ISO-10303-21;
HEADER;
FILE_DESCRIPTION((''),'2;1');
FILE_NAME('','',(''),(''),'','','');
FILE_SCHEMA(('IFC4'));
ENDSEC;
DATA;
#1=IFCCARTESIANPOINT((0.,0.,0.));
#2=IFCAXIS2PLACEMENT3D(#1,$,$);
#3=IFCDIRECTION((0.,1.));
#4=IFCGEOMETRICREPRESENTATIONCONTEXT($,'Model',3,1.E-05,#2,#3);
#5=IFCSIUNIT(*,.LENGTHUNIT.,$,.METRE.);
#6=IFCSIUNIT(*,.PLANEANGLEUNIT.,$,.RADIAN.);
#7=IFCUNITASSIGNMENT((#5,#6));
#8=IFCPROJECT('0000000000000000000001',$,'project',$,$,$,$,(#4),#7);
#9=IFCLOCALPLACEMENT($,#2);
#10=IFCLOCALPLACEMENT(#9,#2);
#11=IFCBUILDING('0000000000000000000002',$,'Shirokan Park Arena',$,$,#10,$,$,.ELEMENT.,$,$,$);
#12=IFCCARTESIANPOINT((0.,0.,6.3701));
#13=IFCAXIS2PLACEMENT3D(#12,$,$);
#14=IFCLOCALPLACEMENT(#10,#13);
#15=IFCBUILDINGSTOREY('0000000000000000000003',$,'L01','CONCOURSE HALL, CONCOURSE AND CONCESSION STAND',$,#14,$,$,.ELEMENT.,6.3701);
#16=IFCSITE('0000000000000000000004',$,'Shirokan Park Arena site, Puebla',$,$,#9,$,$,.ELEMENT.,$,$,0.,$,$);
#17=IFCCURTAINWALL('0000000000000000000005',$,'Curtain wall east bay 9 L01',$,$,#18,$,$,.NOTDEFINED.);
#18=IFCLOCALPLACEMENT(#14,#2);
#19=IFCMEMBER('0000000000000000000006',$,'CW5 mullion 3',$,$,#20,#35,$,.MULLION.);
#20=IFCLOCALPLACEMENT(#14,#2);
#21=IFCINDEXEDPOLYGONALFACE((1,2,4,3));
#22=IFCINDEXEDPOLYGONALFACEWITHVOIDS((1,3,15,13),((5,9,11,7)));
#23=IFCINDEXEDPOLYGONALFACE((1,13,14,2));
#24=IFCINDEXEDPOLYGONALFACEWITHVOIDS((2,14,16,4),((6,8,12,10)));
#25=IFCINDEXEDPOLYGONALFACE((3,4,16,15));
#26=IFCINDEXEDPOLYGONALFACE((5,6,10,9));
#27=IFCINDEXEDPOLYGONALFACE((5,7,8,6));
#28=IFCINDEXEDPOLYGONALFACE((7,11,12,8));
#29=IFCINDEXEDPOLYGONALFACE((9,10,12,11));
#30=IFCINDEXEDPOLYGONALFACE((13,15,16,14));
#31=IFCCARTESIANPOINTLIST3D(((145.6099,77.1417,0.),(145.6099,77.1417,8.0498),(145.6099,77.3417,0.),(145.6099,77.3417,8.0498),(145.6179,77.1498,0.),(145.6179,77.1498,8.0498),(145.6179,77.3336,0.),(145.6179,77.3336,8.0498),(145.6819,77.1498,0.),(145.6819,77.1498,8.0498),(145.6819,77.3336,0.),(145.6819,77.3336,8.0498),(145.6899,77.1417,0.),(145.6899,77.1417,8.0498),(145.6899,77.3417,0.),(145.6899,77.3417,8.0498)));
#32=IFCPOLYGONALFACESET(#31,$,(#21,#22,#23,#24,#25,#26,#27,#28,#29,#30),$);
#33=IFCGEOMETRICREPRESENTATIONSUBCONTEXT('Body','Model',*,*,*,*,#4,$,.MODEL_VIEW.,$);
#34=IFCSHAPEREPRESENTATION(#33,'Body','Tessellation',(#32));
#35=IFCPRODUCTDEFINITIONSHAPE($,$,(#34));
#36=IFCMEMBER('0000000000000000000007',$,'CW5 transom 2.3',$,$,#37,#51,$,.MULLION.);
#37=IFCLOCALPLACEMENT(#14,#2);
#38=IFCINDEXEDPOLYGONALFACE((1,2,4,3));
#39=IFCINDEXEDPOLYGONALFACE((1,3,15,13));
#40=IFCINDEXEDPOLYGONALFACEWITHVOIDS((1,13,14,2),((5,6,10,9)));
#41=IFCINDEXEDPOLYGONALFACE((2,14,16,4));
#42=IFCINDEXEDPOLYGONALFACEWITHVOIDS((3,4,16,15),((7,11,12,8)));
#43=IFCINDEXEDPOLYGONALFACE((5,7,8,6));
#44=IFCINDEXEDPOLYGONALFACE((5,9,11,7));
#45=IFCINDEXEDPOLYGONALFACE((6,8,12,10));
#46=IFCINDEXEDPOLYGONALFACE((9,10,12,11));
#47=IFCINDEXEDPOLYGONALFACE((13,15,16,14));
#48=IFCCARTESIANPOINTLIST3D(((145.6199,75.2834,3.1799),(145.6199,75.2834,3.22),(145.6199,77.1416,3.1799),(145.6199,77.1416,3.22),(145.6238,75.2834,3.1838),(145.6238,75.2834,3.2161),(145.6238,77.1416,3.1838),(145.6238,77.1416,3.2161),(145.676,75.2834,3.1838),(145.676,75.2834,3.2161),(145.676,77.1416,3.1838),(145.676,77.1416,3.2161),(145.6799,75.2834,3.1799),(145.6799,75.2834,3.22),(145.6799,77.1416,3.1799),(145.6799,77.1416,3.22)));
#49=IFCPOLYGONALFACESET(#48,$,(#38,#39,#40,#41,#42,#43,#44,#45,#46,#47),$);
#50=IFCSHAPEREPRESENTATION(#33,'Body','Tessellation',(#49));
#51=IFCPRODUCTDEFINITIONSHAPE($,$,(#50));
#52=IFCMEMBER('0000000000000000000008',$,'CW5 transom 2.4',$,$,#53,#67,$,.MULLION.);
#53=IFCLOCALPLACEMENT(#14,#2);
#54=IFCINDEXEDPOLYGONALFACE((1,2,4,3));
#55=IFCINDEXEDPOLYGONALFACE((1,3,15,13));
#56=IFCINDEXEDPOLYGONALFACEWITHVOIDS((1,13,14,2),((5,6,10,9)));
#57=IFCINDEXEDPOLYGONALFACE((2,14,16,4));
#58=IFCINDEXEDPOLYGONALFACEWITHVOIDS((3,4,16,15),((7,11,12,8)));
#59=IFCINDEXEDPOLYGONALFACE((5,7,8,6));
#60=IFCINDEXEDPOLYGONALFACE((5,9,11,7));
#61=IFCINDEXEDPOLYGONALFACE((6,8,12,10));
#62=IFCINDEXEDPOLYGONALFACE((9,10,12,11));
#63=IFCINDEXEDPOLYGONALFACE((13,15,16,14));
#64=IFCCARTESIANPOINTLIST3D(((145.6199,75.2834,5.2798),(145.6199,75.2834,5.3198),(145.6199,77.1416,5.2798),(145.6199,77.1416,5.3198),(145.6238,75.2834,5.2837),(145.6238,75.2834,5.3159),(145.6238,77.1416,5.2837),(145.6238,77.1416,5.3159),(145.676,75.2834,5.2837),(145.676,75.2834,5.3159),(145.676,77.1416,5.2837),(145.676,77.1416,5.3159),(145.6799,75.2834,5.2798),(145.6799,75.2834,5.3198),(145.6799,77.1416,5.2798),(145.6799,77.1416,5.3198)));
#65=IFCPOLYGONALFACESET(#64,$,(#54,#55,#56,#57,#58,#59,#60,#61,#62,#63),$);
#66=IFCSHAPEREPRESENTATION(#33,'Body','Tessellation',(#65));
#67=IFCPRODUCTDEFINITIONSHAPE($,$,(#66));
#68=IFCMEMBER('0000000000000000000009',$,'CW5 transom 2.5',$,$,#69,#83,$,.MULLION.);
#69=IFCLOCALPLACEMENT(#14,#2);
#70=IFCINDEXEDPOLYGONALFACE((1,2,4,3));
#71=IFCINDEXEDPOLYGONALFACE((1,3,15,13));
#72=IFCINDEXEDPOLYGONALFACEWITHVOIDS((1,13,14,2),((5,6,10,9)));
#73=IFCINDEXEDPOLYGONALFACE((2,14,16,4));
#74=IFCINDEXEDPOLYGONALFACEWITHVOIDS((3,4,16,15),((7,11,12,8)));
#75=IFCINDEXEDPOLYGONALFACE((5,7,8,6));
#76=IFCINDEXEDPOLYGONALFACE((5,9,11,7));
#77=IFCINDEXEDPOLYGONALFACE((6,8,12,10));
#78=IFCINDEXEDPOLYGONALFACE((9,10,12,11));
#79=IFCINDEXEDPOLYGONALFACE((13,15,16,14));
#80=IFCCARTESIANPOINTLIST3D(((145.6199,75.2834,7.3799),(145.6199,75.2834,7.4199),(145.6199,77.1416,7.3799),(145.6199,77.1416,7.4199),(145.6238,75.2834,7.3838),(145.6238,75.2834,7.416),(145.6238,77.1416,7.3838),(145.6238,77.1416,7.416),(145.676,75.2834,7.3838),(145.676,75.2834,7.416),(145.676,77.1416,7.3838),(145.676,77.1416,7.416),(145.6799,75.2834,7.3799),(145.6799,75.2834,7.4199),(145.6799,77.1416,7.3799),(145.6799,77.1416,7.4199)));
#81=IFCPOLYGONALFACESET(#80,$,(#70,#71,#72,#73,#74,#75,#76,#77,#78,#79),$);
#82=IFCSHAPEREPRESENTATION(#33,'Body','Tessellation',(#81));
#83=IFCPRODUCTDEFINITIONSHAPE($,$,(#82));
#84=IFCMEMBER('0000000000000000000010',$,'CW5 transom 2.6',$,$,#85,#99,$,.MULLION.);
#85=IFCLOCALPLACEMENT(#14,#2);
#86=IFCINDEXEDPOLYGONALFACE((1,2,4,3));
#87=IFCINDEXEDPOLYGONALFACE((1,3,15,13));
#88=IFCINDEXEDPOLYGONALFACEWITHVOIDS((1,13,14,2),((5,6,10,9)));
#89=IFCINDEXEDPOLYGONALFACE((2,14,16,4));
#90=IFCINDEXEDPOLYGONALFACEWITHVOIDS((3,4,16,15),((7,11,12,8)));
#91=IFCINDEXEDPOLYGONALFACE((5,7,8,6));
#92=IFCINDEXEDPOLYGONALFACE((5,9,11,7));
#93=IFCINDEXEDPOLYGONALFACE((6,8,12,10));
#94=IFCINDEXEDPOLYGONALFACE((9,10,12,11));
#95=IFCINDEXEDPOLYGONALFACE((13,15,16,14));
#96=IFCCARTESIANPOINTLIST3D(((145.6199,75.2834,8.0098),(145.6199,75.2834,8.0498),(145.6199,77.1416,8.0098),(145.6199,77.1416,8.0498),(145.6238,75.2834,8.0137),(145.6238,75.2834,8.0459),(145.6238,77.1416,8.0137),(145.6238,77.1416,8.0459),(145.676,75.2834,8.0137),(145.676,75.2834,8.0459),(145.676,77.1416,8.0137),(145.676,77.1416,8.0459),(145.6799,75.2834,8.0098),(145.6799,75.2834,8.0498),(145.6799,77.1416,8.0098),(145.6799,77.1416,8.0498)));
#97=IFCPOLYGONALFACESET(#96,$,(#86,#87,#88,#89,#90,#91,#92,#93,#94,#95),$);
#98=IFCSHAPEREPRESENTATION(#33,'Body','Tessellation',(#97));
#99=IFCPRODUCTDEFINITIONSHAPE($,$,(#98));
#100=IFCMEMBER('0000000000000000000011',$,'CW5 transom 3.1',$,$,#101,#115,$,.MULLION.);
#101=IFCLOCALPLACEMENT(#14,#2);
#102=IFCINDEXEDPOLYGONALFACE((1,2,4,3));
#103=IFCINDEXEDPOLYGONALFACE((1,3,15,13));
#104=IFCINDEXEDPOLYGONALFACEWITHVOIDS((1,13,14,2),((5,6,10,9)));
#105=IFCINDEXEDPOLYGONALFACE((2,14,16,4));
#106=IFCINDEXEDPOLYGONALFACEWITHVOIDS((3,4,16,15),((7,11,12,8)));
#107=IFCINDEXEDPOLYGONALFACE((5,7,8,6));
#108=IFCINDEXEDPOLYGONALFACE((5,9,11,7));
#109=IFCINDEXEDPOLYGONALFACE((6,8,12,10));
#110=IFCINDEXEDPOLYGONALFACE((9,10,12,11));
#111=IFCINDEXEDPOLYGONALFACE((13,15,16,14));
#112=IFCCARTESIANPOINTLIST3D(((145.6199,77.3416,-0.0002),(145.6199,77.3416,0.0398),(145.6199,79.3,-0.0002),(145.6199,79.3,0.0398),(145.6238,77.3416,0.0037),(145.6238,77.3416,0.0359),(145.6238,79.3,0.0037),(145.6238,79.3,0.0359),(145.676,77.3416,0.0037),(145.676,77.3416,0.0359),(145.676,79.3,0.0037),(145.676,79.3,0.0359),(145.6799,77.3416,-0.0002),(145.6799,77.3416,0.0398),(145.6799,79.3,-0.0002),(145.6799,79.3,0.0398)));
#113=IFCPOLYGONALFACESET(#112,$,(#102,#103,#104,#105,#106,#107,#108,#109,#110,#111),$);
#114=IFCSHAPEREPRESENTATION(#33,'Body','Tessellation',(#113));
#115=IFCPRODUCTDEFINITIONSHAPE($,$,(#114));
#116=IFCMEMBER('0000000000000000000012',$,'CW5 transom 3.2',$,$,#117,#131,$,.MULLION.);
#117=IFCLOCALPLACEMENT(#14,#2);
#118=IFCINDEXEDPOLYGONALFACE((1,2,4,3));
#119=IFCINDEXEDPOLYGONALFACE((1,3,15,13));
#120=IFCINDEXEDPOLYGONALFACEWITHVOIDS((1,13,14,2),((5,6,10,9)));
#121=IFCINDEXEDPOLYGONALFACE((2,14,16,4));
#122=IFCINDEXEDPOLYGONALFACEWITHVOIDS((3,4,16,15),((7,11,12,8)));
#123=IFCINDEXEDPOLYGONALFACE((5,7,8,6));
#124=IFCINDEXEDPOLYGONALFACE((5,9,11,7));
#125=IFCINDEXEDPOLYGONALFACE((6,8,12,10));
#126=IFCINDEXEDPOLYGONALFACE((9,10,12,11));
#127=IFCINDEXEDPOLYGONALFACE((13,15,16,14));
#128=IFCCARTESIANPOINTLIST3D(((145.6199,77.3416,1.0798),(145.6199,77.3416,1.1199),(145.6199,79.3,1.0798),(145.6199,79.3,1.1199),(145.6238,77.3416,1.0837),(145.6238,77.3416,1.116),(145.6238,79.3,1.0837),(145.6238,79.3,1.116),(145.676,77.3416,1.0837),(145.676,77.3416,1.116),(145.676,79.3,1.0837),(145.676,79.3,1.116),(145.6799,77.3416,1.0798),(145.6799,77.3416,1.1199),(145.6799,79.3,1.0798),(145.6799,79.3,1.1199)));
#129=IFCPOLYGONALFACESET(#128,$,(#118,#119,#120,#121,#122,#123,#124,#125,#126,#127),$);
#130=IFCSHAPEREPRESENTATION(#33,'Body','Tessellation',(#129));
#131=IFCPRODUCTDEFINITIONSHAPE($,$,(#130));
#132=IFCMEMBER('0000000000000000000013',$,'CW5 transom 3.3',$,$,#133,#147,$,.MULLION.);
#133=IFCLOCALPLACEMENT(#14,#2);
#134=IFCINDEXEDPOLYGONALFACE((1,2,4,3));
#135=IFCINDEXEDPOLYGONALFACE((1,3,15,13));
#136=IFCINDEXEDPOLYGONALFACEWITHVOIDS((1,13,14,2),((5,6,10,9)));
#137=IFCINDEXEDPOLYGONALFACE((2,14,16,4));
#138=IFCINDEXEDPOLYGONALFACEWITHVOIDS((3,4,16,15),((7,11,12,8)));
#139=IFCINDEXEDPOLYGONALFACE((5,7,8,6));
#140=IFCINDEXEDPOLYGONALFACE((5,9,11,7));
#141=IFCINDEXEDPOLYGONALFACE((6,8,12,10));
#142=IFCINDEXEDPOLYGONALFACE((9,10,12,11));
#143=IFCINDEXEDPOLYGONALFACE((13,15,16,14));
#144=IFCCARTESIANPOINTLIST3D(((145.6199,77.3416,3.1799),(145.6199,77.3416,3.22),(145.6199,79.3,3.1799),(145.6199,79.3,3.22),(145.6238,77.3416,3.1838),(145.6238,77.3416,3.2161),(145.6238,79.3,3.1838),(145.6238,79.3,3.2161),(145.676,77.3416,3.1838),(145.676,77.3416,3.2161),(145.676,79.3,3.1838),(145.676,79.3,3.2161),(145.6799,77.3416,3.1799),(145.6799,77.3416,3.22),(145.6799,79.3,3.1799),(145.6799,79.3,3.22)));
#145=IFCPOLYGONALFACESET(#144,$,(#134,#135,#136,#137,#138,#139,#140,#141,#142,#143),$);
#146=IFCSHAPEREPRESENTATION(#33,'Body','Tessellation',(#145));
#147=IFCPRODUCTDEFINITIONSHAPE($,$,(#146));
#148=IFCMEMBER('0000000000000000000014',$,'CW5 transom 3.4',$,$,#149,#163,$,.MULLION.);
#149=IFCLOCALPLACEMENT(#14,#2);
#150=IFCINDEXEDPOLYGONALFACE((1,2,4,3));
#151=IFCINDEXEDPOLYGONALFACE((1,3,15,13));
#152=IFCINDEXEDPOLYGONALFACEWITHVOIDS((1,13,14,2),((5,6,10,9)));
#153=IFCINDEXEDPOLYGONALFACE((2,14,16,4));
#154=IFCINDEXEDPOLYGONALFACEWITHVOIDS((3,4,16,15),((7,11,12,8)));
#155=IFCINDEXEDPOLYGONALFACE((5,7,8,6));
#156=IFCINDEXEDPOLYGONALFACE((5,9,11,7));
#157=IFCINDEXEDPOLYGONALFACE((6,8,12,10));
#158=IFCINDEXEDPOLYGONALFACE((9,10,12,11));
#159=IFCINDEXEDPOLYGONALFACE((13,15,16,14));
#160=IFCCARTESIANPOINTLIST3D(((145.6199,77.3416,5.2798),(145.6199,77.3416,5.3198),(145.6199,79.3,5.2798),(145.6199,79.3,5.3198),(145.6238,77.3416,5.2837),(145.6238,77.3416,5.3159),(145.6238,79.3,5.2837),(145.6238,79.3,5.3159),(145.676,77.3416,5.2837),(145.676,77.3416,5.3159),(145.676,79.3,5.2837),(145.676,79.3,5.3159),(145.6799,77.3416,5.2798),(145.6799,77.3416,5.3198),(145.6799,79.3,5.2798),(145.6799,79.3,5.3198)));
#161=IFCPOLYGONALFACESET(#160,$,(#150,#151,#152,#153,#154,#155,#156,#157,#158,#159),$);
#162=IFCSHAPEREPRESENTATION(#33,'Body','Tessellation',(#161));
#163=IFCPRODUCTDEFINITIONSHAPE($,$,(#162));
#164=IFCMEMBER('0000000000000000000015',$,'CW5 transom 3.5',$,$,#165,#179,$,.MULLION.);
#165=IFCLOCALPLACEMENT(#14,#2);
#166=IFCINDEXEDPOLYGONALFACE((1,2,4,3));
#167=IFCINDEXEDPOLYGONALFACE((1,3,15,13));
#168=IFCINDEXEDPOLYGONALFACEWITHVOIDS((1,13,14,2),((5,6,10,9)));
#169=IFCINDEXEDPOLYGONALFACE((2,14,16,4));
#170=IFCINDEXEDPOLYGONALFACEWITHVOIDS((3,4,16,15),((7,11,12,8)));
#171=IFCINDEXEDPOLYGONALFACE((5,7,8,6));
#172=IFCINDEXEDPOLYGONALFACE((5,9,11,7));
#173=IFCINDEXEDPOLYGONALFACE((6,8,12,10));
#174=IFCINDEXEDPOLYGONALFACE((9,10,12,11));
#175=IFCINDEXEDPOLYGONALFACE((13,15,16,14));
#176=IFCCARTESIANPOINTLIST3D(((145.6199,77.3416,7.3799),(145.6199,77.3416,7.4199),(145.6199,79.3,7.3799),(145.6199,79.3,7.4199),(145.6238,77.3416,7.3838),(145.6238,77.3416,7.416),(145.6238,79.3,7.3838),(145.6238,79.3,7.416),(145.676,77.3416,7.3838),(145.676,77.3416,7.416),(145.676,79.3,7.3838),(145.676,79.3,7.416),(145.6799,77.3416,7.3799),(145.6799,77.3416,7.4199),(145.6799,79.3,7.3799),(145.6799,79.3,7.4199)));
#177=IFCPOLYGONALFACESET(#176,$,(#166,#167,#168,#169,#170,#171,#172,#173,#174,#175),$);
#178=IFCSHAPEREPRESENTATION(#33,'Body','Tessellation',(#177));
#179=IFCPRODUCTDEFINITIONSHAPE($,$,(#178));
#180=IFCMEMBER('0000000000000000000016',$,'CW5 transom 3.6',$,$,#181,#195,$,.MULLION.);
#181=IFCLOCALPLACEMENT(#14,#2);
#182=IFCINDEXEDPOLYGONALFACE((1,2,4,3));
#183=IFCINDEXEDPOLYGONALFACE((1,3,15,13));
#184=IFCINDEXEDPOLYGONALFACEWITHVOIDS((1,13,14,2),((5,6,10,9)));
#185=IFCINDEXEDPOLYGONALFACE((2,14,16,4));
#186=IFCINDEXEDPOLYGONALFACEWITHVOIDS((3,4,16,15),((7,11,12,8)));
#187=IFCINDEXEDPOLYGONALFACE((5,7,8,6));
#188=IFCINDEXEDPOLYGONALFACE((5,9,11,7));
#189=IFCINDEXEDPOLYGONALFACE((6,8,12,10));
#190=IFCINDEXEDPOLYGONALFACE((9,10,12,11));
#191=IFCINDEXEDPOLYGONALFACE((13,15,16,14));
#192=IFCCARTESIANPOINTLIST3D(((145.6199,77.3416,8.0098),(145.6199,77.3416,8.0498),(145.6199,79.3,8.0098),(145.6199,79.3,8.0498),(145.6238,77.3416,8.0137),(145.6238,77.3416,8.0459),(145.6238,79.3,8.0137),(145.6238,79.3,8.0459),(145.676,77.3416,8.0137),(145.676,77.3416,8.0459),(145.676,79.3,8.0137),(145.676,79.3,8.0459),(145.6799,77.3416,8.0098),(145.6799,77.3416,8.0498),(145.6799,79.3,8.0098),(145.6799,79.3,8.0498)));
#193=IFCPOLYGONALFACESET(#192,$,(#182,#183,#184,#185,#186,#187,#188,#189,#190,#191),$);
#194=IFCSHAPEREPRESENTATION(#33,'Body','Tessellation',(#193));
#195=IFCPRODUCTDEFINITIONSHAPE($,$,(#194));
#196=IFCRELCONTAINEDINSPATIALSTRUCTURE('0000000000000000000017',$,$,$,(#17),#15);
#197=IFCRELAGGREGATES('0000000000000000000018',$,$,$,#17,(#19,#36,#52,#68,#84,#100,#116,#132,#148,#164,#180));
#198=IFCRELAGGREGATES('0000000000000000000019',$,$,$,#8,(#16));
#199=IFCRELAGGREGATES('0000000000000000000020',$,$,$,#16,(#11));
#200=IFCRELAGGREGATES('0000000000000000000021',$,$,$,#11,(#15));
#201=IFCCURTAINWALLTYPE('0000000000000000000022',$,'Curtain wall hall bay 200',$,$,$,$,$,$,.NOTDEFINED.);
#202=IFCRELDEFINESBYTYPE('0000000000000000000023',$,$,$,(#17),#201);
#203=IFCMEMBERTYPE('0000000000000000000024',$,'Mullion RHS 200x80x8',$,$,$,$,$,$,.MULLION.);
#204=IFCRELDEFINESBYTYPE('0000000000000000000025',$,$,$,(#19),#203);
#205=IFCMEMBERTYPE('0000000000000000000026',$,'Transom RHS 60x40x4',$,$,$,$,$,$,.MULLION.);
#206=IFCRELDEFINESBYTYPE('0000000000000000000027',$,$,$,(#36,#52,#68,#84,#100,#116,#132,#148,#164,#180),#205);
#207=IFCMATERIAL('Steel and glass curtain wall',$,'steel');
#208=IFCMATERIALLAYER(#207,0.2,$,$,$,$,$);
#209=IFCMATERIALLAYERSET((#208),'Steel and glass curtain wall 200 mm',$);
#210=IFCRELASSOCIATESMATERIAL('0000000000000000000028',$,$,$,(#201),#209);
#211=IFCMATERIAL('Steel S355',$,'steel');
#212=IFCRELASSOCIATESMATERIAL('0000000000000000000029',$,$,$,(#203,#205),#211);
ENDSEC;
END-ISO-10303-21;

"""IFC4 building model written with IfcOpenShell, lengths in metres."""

from ifc_helpers import new_model, si_unit, direction, frame, origin, origin_2d, place, context, subcontext, project, spatial, hollow_rectangle, extrude, material, layer, layer_set, material_profile, profile_set, type_object, element, aggregate, save


model = new_model("IFC4")

# Units and contexts
model_context = context("Model", 3, precision=1e-05, world=origin(), true_north=direction((0.0, 1.0)))
body_context = subcontext(model_context, "Body", "Model", "MODEL_VIEW")
ifc_project = project(units=[si_unit("LENGTHUNIT", "METRE"), si_unit("PLANEANGLEUNIT", "RADIAN")], contexts=[model_context])

# Site, building, storey
site_placement = place(None, origin())
site = spatial("IfcSite", under=ifc_project, at=site_placement, Name="Shirokan Park Arena site, Puebla", CompositionType="ELEMENT", RefElevation=0.0)
building_placement = place(site_placement, origin())
building = spatial("IfcBuilding", under=site, at=building_placement, Name="Shirokan Park Arena", CompositionType="ELEMENT")
storey_placement = place(building_placement, frame((0.0, 0.0, 6.3701)))
storey = spatial("IfcBuildingStorey", under=building, at=storey_placement, Name="L01", Description="CONCOURSE HALL, CONCOURSE AND CONCESSION STAND", CompositionType="ELEMENT", Elevation=6.3701)

# Curtain wall, members
ifc_material_1 = material(Name="Steel and glass curtain wall", Category="steel")
ifc_layer_1 = layer(ifc_material_1, 0.2)
ifc_layer_set_1 = layer_set([ifc_layer_1], Name="Steel and glass curtain wall 200 mm")
curtain_wall_type = type_object("IfcCurtainWallType", Name="Curtain wall hall bay 200", PredefinedType="NOTDEFINED", material=ifc_layer_set_1)
curtain_wall_placement = place(storey_placement, origin())
curtain_wall = element("IfcCurtainWall", 1, at=curtain_wall_placement, inside=storey, type_object=curtain_wall_type, Name="Curtain wall east bay 9 L01", PredefinedType="NOTDEFINED")
ifc_material_2 = material(Name="Steel S355", Category="steel")
ifc_material_profile_1 = material_profile(ifc_material_2, hollow_rectangle(XDim=0.0801, YDim=0.2, WallThickness=0.0081, at=origin_2d()), Name="RHS 200x80x8")
ifc_profile_set_1 = profile_set([ifc_material_profile_1], Name="Steel S355")
member_type_1 = type_object("IfcMemberType", Name="Mullion RHS 200x80x8", PredefinedType="MULLION", material=ifc_profile_set_1)
member_1_placement = place(storey_placement, frame((145.6499, 77.2417, 0.0), z_axis=(0.0, 0.0, 1.0), x_axis=(-1.0, 0.0, 0.0)))
member_1 = element("IfcMember", 2, at=member_1_placement, type_object=member_type_1, Name="CW5 mullion 3", PredefinedType="MULLION", context=body_context, shape_type="SweptSolid", body=[
    extrude(hollow_rectangle(XDim=0.0801, YDim=0.2, WallThickness=0.0081, at=origin_2d()), origin(), (0.0, 0.0, 1.0), 8.0498),
])
ifc_material_profile_2 = material_profile(ifc_material_2, hollow_rectangle(XDim=0.0601, YDim=0.04, WallThickness=0.0039, at=origin_2d()), Name="RHS 60x40x4")
ifc_profile_set_2 = profile_set([ifc_material_profile_2], Name="Steel S355")
member_type_2 = type_object("IfcMemberType", Name="Transom RHS 60x40x4", PredefinedType="MULLION", material=ifc_profile_set_2)
member_2_placement = place(storey_placement, frame((145.6499, 75.2834, 3.2), z_axis=(0.0, 1.0, 0.0), x_axis=(-1.0, 0.0, 0.0)))
member_2 = element("IfcMember", 3, at=member_2_placement, type_object=member_type_2, Name="CW5 transom 2.3", PredefinedType="MULLION", context=body_context, shape_type="SweptSolid", body=[
    extrude(hollow_rectangle(XDim=0.0601, YDim=0.04, WallThickness=0.0039, at=origin_2d()), origin(), (0.0, 0.0, 1.0), 1.8582),
])
member_3_placement = place(storey_placement, frame((145.6499, 75.2834, 5.2998), z_axis=(0.0, 1.0, 0.0), x_axis=(-1.0, 0.0, 0.0)))
member_3 = element("IfcMember", 4, at=member_3_placement, type_object=member_type_2, Name="CW5 transom 2.4", PredefinedType="MULLION", context=body_context, shape_type="SweptSolid", body=[
    extrude(hollow_rectangle(XDim=0.0601, YDim=0.04, WallThickness=0.0039, at=origin_2d()), origin(), (0.0, 0.0, 1.0), 1.8582),
])
member_4_placement = place(storey_placement, frame((145.6499, 75.2834, 7.3999), z_axis=(0.0, 1.0, 0.0), x_axis=(-1.0, 0.0, 0.0)))
member_4 = element("IfcMember", 5, at=member_4_placement, type_object=member_type_2, Name="CW5 transom 2.5", PredefinedType="MULLION", context=body_context, shape_type="SweptSolid", body=[
    extrude(hollow_rectangle(XDim=0.0601, YDim=0.04, WallThickness=0.0039, at=origin_2d()), origin(), (0.0, 0.0, 1.0), 1.8582),
])
member_5_placement = place(storey_placement, frame((145.6499, 75.2834, 8.0298), z_axis=(0.0, 1.0, 0.0), x_axis=(-1.0, 0.0, 0.0)))
member_5 = element("IfcMember", 6, at=member_5_placement, type_object=member_type_2, Name="CW5 transom 2.6", PredefinedType="MULLION", context=body_context, shape_type="SweptSolid", body=[
    extrude(hollow_rectangle(XDim=0.0601, YDim=0.04, WallThickness=0.0039, at=origin_2d()), origin(), (0.0, 0.0, 1.0), 1.8582),
])
member_6_placement = place(storey_placement, frame((145.6499, 77.3416, 0.0198), z_axis=(0.0, 1.0, 0.0), x_axis=(-1.0, 0.0, 0.0)))
member_6 = element("IfcMember", 7, at=member_6_placement, type_object=member_type_2, Name="CW5 transom 3.1", PredefinedType="MULLION", context=body_context, shape_type="SweptSolid", body=[
    extrude(hollow_rectangle(XDim=0.0601, YDim=0.04, WallThickness=0.0039, at=origin_2d()), origin(), (0.0, 0.0, 1.0), 1.9585),
])
member_7_placement = place(storey_placement, frame((145.6499, 77.3416, 1.0999), z_axis=(0.0, 1.0, 0.0), x_axis=(-1.0, 0.0, 0.0)))
member_7 = element("IfcMember", 8, at=member_7_placement, type_object=member_type_2, Name="CW5 transom 3.2", PredefinedType="MULLION", context=body_context, shape_type="SweptSolid", body=[
    extrude(hollow_rectangle(XDim=0.0601, YDim=0.04, WallThickness=0.0039, at=origin_2d()), origin(), (0.0, 0.0, 1.0), 1.9585),
])
member_8_placement = place(storey_placement, frame((145.6499, 77.3416, 3.2), z_axis=(0.0, 1.0, 0.0), x_axis=(-1.0, 0.0, 0.0)))
member_8 = element("IfcMember", 9, at=member_8_placement, type_object=member_type_2, Name="CW5 transom 3.3", PredefinedType="MULLION", context=body_context, shape_type="SweptSolid", body=[
    extrude(hollow_rectangle(XDim=0.0601, YDim=0.04, WallThickness=0.0039, at=origin_2d()), origin(), (0.0, 0.0, 1.0), 1.9585),
])
member_9_placement = place(storey_placement, frame((145.6499, 77.3416, 5.2998), z_axis=(0.0, 1.0, 0.0), x_axis=(-1.0, 0.0, 0.0)))
member_9 = element("IfcMember", 10, at=member_9_placement, type_object=member_type_2, Name="CW5 transom 3.4", PredefinedType="MULLION", context=body_context, shape_type="SweptSolid", body=[
    extrude(hollow_rectangle(XDim=0.0601, YDim=0.04, WallThickness=0.0039, at=origin_2d()), origin(), (0.0, 0.0, 1.0), 1.9585),
])
member_10_placement = place(storey_placement, frame((145.6499, 77.3416, 7.3999), z_axis=(0.0, 1.0, 0.0), x_axis=(-1.0, 0.0, 0.0)))
member_10 = element("IfcMember", 11, at=member_10_placement, type_object=member_type_2, Name="CW5 transom 3.5", PredefinedType="MULLION", context=body_context, shape_type="SweptSolid", body=[
    extrude(hollow_rectangle(XDim=0.0601, YDim=0.04, WallThickness=0.0039, at=origin_2d()), origin(), (0.0, 0.0, 1.0), 1.9585),
])
member_11_placement = place(storey_placement, frame((145.6499, 77.3416, 8.0298), z_axis=(0.0, 1.0, 0.0), x_axis=(-1.0, 0.0, 0.0)))
member_11 = element("IfcMember", 12, at=member_11_placement, type_object=member_type_2, Name="CW5 transom 3.6", PredefinedType="MULLION", context=body_context, shape_type="SweptSolid", body=[
    extrude(hollow_rectangle(XDim=0.0601, YDim=0.04, WallThickness=0.0039, at=origin_2d()), origin(), (0.0, 0.0, 1.0), 1.9585),
])
aggregate(curtain_wall, [member_1, member_2, member_3, member_4, member_5, member_6, member_7, member_8, member_9, member_10, member_11])

save(model, "model.ifc")
